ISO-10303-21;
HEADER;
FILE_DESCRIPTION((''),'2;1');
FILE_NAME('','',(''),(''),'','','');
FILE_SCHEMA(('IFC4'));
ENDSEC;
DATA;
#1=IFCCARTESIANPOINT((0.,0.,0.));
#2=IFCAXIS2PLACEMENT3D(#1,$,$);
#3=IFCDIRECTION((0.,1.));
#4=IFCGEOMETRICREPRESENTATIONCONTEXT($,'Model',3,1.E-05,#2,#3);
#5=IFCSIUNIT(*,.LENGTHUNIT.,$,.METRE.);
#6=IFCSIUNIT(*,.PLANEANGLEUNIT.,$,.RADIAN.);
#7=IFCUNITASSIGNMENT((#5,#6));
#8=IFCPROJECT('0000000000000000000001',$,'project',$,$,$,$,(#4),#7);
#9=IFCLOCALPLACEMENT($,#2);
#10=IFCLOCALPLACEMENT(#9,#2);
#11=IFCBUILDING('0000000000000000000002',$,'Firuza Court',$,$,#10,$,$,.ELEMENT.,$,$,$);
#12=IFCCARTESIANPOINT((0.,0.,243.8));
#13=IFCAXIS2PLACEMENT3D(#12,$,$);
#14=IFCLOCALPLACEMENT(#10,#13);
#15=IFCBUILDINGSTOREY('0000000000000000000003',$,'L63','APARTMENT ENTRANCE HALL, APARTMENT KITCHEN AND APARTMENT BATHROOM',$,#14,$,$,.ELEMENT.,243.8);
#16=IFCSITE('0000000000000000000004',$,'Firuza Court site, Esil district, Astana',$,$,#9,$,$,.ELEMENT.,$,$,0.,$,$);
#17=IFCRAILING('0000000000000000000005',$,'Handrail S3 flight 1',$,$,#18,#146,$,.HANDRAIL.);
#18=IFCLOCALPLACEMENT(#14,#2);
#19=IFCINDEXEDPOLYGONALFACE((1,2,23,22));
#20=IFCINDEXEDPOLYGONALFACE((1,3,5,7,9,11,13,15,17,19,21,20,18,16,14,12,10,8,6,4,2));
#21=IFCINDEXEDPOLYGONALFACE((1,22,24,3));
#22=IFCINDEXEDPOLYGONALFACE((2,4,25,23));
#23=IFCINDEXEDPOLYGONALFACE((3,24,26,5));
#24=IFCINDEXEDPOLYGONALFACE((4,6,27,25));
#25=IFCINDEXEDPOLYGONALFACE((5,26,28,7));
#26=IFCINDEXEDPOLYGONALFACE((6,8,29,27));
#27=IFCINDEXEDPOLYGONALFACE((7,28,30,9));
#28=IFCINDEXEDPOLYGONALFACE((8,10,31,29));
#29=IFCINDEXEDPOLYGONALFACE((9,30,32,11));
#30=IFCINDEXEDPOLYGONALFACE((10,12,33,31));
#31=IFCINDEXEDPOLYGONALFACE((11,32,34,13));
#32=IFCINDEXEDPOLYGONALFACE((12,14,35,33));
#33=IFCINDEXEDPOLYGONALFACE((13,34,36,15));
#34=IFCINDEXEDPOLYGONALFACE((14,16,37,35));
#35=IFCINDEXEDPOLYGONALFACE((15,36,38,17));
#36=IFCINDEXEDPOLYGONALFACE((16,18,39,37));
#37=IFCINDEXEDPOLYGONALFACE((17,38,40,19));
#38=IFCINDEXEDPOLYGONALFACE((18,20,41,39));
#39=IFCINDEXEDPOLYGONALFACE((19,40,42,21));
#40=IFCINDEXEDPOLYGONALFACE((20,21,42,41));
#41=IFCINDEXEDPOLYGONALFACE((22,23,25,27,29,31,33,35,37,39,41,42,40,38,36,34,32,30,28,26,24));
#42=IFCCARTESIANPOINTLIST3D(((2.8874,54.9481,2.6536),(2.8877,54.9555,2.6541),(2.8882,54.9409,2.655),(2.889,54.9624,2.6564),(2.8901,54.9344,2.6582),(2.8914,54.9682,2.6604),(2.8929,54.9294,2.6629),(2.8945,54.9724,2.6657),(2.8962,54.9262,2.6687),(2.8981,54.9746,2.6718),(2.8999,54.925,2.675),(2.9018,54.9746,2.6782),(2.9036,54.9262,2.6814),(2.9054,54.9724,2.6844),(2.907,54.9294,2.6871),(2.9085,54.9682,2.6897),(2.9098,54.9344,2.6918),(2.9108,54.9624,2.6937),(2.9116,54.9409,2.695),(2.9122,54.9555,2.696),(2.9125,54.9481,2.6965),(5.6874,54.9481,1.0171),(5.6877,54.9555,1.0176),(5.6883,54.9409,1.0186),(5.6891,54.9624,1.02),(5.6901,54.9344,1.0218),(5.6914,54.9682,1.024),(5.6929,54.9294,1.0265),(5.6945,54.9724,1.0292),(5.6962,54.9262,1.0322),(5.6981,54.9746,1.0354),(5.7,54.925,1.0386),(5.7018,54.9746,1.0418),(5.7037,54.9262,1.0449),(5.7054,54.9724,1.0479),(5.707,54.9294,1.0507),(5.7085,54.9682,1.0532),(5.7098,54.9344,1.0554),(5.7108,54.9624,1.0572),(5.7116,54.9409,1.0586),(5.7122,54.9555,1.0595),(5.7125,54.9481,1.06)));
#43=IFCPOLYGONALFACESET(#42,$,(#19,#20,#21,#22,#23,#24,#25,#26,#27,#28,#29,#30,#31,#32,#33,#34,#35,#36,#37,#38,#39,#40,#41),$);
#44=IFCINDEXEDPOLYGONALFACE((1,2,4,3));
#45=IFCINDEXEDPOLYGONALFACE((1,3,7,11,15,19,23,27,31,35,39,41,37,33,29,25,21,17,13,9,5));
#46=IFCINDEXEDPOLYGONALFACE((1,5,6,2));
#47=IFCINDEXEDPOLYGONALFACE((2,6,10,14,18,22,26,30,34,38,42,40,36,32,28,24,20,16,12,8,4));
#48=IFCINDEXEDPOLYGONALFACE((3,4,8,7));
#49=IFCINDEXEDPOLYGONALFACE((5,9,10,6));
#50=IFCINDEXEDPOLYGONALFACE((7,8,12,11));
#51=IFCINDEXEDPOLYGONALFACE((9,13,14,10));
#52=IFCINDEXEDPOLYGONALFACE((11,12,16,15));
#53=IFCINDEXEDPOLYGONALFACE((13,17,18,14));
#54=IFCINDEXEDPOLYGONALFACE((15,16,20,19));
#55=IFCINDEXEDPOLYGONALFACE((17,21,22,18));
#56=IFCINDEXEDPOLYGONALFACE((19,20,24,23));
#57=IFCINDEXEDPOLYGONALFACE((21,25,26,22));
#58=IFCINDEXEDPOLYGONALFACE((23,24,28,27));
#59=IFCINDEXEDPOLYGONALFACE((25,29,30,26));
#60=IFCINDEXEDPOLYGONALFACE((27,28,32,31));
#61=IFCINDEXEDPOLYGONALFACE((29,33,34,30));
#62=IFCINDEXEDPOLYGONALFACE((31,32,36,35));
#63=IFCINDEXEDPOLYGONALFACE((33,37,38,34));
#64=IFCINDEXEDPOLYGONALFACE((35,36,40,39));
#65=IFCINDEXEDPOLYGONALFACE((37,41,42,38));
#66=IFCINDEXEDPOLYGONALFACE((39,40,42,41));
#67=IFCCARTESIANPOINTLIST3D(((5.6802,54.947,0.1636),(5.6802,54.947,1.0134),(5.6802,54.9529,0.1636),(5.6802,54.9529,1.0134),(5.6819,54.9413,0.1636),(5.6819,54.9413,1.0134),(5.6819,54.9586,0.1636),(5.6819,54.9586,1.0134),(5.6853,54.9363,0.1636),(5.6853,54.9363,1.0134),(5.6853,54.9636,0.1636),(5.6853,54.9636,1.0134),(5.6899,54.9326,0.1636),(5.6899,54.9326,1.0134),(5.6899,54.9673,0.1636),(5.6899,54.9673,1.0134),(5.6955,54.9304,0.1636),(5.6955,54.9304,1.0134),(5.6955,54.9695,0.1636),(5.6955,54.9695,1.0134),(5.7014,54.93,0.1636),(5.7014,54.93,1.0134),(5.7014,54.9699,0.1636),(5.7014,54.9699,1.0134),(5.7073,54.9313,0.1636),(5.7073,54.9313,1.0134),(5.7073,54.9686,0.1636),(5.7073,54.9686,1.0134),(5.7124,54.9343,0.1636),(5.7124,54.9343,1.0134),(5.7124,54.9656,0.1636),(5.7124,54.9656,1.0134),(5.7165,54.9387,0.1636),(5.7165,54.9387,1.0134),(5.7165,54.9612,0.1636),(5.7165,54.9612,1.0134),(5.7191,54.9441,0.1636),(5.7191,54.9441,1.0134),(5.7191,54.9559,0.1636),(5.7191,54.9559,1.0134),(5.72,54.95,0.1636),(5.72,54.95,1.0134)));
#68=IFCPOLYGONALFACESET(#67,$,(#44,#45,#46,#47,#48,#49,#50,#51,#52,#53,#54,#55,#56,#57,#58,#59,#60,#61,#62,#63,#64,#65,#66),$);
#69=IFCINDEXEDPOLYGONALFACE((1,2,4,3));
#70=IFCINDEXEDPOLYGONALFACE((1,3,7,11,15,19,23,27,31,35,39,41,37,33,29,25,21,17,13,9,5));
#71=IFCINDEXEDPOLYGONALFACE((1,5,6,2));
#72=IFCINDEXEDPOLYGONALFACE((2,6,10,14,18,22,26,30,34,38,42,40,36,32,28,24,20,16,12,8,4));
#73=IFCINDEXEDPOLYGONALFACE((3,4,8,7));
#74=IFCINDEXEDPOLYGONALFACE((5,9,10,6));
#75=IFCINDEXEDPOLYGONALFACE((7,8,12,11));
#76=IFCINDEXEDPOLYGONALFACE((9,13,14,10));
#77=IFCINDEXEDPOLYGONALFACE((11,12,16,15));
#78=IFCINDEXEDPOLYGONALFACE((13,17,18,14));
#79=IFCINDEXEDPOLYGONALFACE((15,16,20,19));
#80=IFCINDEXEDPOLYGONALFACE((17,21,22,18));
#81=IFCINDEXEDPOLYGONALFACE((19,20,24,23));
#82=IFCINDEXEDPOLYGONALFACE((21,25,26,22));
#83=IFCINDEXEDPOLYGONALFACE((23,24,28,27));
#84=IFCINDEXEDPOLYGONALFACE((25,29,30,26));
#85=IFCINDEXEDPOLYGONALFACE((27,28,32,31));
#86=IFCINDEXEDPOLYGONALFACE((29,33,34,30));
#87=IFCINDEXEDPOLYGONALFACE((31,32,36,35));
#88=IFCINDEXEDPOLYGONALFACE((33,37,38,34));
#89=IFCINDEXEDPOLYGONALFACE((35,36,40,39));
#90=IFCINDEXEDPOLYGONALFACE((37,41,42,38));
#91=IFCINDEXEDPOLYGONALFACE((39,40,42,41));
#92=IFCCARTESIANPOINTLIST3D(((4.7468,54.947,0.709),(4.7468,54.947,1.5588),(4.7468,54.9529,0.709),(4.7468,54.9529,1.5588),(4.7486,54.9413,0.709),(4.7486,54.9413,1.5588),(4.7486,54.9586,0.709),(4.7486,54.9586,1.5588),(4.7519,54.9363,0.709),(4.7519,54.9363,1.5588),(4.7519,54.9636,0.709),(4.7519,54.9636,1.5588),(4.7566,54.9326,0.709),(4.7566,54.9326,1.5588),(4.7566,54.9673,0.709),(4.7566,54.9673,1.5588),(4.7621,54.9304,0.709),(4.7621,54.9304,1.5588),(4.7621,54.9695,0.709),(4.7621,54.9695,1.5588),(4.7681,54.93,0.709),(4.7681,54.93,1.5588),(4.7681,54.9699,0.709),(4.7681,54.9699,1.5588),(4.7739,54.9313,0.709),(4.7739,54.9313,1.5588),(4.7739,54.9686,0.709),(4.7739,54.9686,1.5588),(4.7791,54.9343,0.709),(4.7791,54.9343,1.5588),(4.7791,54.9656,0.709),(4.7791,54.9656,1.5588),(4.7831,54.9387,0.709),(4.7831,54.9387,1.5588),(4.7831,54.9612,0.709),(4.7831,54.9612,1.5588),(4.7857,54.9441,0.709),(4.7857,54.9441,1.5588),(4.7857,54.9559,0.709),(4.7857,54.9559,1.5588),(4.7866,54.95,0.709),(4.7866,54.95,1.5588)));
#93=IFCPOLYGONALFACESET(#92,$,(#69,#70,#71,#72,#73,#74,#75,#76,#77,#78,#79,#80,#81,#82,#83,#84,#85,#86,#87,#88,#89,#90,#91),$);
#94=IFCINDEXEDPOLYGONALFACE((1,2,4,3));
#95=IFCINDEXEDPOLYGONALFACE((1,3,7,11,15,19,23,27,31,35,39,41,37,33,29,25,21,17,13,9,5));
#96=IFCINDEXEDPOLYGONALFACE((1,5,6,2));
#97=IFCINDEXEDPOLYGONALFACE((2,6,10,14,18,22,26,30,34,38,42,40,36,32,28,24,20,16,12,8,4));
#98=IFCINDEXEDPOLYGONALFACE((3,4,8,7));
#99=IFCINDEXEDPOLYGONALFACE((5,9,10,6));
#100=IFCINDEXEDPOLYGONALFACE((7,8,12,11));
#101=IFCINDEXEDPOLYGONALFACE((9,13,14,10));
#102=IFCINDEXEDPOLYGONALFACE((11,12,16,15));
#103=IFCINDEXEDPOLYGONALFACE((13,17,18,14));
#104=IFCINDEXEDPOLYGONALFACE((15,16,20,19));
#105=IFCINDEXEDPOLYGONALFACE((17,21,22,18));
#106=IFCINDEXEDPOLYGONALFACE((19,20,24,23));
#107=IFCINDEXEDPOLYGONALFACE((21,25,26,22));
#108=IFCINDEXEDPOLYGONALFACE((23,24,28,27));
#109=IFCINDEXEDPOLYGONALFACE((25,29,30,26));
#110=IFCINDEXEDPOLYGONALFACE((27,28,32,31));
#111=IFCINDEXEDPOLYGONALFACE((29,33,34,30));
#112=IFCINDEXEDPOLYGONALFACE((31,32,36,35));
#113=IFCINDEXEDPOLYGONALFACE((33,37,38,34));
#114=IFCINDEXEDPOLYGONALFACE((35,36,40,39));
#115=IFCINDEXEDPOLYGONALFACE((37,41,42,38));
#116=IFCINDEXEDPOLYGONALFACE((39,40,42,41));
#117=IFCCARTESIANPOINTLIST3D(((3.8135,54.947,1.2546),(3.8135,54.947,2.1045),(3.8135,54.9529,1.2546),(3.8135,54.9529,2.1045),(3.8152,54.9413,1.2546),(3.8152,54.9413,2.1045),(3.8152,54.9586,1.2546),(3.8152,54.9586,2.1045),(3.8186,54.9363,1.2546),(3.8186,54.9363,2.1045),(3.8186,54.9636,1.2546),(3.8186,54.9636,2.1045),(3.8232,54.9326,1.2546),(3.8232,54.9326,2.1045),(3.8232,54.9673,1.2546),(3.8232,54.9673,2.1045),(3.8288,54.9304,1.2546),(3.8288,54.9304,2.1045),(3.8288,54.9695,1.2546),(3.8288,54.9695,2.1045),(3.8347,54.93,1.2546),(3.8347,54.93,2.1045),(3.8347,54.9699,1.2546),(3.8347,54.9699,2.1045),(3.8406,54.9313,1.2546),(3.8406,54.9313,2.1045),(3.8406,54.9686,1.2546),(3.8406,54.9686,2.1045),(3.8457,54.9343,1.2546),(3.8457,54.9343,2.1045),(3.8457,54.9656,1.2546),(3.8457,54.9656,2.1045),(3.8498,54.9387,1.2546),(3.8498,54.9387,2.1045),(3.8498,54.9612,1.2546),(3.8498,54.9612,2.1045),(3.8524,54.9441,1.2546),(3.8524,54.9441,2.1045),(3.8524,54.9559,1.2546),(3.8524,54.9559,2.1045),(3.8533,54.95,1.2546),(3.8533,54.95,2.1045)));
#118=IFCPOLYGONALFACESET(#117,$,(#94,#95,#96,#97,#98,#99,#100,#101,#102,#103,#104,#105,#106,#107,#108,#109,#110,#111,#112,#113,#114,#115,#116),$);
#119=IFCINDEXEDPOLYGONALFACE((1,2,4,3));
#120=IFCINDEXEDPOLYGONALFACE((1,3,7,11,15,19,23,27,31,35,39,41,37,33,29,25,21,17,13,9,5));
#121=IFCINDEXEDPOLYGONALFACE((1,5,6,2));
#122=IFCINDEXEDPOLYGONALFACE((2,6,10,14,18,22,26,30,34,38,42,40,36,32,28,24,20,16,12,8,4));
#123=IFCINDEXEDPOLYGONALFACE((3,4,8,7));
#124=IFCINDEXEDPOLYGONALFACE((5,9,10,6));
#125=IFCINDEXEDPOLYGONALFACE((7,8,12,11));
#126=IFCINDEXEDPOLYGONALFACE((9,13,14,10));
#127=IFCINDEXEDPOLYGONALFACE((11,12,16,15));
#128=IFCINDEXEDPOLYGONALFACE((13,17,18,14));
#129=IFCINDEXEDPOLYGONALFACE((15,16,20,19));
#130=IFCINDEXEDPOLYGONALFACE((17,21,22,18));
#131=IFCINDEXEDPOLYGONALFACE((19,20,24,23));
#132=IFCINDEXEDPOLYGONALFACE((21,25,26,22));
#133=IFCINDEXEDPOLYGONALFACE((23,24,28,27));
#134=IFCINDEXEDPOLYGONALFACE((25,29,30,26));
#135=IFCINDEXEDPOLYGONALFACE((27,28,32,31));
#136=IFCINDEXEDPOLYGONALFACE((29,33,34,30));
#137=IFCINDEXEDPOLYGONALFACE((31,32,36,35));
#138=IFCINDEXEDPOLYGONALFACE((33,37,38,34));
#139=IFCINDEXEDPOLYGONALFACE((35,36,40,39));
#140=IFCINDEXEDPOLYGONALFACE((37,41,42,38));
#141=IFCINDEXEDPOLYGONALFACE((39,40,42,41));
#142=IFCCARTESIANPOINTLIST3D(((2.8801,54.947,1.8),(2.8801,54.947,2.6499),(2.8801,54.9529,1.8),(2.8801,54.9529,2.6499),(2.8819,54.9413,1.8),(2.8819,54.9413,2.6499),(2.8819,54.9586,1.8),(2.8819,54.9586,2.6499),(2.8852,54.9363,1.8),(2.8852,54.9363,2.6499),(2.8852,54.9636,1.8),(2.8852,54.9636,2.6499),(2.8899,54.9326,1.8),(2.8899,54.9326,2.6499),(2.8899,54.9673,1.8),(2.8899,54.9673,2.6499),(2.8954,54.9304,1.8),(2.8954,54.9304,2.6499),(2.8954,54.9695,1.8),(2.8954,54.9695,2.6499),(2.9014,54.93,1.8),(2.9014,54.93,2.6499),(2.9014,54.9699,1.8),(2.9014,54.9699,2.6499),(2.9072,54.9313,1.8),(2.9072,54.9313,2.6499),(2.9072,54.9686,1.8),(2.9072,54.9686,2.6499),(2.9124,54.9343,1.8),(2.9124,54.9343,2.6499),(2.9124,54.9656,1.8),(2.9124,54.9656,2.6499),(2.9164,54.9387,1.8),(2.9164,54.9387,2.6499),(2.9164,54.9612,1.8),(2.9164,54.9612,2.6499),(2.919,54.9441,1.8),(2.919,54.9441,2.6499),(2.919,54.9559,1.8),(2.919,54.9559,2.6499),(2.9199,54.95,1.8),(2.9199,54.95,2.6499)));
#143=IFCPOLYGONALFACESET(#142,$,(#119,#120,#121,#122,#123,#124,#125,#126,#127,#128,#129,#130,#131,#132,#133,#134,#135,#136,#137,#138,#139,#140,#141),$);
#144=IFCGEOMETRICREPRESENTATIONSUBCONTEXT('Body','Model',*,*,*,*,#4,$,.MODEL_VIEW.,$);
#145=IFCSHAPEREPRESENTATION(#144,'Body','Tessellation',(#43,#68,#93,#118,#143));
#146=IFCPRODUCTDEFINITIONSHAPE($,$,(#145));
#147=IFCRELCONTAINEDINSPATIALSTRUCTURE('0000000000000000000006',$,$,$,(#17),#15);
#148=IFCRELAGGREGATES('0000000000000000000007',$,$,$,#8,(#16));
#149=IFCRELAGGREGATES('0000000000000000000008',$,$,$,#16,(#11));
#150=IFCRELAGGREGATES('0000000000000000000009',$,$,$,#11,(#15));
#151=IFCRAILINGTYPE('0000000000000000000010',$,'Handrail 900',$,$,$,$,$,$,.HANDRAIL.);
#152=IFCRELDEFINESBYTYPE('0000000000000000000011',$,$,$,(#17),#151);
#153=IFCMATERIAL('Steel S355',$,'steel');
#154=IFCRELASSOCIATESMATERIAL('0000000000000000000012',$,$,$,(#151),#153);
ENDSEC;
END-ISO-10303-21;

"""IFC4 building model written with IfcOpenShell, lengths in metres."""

from ifc_helpers import new_model, si_unit, direction, frame, origin, origin_2d, place, context, subcontext, project, spatial, circle, extrude, material, type_object, element, save


model = new_model("IFC4")

# Units and contexts
model_context = context("Model", 3, precision=1e-05, world=origin(), true_north=direction((0.0, 1.0)))
body_context = subcontext(model_context, "Body", "Model", "MODEL_VIEW")
ifc_project = project(units=[si_unit("LENGTHUNIT", "METRE"), si_unit("PLANEANGLEUNIT", "RADIAN")], contexts=[model_context])

# Site, building, storey
site_placement = place(None, origin())
site = spatial("IfcSite", under=ifc_project, at=site_placement, Name="Firuza Court site, Esil district, Astana", CompositionType="ELEMENT", RefElevation=0.0)
building_placement = place(site_placement, origin())
building = spatial("IfcBuilding", under=site, at=building_placement, Name="Firuza Court", CompositionType="ELEMENT")
storey_placement = place(building_placement, frame((0.0, 0.0, 243.8)))
storey = spatial("IfcBuildingStorey", under=building, at=storey_placement, Name="L63", Description="APARTMENT ENTRANCE HALL, APARTMENT KITCHEN AND APARTMENT BATHROOM", CompositionType="ELEMENT", Elevation=243.8)

# Railing
ifc_material_1 = material(Name="Steel S355", Category="steel")
railing_type_1 = type_object("IfcRailingType", Name="Handrail 900", PredefinedType="HANDRAIL", material=ifc_material_1)
railing_1_placement = place(storey_placement, frame((5.7, 54.95, 0.1636)))
element("IfcRailing", 1, at=railing_1_placement, inside=storey, type_object=railing_type_1, Name="Handrail S3 flight 1", PredefinedType="HANDRAIL", context=body_context, shape_type="SweptSolid", body=[
    extrude(circle(Radius=0.0249, at=origin_2d()), frame((0.0, 0.0, 0.875), z_axis=(-0.863361, 0.0, 0.504587), x_axis=(0.0, -1.0, 0.0)), (0.0, 0.0, 1.0), 3.2432),
    extrude(circle(Radius=0.02, at=origin_2d()), origin(), (0.0, 0.0, 1.0), 0.8499),
    extrude(circle(Radius=0.02, at=origin_2d()), frame((-0.9333, 0.0, 0.5454)), (0.0, 0.0, 1.0), 0.8499),
    extrude(circle(Radius=0.02, at=origin_2d()), frame((-1.8667, 0.0, 1.0911)), (0.0, 0.0, 1.0), 0.8499),
    extrude(circle(Radius=0.02, at=origin_2d()), frame((-2.8, 0.0, 1.6365)), (0.0, 0.0, 1.0), 0.8499),
])

save(model, "model.ifc")
